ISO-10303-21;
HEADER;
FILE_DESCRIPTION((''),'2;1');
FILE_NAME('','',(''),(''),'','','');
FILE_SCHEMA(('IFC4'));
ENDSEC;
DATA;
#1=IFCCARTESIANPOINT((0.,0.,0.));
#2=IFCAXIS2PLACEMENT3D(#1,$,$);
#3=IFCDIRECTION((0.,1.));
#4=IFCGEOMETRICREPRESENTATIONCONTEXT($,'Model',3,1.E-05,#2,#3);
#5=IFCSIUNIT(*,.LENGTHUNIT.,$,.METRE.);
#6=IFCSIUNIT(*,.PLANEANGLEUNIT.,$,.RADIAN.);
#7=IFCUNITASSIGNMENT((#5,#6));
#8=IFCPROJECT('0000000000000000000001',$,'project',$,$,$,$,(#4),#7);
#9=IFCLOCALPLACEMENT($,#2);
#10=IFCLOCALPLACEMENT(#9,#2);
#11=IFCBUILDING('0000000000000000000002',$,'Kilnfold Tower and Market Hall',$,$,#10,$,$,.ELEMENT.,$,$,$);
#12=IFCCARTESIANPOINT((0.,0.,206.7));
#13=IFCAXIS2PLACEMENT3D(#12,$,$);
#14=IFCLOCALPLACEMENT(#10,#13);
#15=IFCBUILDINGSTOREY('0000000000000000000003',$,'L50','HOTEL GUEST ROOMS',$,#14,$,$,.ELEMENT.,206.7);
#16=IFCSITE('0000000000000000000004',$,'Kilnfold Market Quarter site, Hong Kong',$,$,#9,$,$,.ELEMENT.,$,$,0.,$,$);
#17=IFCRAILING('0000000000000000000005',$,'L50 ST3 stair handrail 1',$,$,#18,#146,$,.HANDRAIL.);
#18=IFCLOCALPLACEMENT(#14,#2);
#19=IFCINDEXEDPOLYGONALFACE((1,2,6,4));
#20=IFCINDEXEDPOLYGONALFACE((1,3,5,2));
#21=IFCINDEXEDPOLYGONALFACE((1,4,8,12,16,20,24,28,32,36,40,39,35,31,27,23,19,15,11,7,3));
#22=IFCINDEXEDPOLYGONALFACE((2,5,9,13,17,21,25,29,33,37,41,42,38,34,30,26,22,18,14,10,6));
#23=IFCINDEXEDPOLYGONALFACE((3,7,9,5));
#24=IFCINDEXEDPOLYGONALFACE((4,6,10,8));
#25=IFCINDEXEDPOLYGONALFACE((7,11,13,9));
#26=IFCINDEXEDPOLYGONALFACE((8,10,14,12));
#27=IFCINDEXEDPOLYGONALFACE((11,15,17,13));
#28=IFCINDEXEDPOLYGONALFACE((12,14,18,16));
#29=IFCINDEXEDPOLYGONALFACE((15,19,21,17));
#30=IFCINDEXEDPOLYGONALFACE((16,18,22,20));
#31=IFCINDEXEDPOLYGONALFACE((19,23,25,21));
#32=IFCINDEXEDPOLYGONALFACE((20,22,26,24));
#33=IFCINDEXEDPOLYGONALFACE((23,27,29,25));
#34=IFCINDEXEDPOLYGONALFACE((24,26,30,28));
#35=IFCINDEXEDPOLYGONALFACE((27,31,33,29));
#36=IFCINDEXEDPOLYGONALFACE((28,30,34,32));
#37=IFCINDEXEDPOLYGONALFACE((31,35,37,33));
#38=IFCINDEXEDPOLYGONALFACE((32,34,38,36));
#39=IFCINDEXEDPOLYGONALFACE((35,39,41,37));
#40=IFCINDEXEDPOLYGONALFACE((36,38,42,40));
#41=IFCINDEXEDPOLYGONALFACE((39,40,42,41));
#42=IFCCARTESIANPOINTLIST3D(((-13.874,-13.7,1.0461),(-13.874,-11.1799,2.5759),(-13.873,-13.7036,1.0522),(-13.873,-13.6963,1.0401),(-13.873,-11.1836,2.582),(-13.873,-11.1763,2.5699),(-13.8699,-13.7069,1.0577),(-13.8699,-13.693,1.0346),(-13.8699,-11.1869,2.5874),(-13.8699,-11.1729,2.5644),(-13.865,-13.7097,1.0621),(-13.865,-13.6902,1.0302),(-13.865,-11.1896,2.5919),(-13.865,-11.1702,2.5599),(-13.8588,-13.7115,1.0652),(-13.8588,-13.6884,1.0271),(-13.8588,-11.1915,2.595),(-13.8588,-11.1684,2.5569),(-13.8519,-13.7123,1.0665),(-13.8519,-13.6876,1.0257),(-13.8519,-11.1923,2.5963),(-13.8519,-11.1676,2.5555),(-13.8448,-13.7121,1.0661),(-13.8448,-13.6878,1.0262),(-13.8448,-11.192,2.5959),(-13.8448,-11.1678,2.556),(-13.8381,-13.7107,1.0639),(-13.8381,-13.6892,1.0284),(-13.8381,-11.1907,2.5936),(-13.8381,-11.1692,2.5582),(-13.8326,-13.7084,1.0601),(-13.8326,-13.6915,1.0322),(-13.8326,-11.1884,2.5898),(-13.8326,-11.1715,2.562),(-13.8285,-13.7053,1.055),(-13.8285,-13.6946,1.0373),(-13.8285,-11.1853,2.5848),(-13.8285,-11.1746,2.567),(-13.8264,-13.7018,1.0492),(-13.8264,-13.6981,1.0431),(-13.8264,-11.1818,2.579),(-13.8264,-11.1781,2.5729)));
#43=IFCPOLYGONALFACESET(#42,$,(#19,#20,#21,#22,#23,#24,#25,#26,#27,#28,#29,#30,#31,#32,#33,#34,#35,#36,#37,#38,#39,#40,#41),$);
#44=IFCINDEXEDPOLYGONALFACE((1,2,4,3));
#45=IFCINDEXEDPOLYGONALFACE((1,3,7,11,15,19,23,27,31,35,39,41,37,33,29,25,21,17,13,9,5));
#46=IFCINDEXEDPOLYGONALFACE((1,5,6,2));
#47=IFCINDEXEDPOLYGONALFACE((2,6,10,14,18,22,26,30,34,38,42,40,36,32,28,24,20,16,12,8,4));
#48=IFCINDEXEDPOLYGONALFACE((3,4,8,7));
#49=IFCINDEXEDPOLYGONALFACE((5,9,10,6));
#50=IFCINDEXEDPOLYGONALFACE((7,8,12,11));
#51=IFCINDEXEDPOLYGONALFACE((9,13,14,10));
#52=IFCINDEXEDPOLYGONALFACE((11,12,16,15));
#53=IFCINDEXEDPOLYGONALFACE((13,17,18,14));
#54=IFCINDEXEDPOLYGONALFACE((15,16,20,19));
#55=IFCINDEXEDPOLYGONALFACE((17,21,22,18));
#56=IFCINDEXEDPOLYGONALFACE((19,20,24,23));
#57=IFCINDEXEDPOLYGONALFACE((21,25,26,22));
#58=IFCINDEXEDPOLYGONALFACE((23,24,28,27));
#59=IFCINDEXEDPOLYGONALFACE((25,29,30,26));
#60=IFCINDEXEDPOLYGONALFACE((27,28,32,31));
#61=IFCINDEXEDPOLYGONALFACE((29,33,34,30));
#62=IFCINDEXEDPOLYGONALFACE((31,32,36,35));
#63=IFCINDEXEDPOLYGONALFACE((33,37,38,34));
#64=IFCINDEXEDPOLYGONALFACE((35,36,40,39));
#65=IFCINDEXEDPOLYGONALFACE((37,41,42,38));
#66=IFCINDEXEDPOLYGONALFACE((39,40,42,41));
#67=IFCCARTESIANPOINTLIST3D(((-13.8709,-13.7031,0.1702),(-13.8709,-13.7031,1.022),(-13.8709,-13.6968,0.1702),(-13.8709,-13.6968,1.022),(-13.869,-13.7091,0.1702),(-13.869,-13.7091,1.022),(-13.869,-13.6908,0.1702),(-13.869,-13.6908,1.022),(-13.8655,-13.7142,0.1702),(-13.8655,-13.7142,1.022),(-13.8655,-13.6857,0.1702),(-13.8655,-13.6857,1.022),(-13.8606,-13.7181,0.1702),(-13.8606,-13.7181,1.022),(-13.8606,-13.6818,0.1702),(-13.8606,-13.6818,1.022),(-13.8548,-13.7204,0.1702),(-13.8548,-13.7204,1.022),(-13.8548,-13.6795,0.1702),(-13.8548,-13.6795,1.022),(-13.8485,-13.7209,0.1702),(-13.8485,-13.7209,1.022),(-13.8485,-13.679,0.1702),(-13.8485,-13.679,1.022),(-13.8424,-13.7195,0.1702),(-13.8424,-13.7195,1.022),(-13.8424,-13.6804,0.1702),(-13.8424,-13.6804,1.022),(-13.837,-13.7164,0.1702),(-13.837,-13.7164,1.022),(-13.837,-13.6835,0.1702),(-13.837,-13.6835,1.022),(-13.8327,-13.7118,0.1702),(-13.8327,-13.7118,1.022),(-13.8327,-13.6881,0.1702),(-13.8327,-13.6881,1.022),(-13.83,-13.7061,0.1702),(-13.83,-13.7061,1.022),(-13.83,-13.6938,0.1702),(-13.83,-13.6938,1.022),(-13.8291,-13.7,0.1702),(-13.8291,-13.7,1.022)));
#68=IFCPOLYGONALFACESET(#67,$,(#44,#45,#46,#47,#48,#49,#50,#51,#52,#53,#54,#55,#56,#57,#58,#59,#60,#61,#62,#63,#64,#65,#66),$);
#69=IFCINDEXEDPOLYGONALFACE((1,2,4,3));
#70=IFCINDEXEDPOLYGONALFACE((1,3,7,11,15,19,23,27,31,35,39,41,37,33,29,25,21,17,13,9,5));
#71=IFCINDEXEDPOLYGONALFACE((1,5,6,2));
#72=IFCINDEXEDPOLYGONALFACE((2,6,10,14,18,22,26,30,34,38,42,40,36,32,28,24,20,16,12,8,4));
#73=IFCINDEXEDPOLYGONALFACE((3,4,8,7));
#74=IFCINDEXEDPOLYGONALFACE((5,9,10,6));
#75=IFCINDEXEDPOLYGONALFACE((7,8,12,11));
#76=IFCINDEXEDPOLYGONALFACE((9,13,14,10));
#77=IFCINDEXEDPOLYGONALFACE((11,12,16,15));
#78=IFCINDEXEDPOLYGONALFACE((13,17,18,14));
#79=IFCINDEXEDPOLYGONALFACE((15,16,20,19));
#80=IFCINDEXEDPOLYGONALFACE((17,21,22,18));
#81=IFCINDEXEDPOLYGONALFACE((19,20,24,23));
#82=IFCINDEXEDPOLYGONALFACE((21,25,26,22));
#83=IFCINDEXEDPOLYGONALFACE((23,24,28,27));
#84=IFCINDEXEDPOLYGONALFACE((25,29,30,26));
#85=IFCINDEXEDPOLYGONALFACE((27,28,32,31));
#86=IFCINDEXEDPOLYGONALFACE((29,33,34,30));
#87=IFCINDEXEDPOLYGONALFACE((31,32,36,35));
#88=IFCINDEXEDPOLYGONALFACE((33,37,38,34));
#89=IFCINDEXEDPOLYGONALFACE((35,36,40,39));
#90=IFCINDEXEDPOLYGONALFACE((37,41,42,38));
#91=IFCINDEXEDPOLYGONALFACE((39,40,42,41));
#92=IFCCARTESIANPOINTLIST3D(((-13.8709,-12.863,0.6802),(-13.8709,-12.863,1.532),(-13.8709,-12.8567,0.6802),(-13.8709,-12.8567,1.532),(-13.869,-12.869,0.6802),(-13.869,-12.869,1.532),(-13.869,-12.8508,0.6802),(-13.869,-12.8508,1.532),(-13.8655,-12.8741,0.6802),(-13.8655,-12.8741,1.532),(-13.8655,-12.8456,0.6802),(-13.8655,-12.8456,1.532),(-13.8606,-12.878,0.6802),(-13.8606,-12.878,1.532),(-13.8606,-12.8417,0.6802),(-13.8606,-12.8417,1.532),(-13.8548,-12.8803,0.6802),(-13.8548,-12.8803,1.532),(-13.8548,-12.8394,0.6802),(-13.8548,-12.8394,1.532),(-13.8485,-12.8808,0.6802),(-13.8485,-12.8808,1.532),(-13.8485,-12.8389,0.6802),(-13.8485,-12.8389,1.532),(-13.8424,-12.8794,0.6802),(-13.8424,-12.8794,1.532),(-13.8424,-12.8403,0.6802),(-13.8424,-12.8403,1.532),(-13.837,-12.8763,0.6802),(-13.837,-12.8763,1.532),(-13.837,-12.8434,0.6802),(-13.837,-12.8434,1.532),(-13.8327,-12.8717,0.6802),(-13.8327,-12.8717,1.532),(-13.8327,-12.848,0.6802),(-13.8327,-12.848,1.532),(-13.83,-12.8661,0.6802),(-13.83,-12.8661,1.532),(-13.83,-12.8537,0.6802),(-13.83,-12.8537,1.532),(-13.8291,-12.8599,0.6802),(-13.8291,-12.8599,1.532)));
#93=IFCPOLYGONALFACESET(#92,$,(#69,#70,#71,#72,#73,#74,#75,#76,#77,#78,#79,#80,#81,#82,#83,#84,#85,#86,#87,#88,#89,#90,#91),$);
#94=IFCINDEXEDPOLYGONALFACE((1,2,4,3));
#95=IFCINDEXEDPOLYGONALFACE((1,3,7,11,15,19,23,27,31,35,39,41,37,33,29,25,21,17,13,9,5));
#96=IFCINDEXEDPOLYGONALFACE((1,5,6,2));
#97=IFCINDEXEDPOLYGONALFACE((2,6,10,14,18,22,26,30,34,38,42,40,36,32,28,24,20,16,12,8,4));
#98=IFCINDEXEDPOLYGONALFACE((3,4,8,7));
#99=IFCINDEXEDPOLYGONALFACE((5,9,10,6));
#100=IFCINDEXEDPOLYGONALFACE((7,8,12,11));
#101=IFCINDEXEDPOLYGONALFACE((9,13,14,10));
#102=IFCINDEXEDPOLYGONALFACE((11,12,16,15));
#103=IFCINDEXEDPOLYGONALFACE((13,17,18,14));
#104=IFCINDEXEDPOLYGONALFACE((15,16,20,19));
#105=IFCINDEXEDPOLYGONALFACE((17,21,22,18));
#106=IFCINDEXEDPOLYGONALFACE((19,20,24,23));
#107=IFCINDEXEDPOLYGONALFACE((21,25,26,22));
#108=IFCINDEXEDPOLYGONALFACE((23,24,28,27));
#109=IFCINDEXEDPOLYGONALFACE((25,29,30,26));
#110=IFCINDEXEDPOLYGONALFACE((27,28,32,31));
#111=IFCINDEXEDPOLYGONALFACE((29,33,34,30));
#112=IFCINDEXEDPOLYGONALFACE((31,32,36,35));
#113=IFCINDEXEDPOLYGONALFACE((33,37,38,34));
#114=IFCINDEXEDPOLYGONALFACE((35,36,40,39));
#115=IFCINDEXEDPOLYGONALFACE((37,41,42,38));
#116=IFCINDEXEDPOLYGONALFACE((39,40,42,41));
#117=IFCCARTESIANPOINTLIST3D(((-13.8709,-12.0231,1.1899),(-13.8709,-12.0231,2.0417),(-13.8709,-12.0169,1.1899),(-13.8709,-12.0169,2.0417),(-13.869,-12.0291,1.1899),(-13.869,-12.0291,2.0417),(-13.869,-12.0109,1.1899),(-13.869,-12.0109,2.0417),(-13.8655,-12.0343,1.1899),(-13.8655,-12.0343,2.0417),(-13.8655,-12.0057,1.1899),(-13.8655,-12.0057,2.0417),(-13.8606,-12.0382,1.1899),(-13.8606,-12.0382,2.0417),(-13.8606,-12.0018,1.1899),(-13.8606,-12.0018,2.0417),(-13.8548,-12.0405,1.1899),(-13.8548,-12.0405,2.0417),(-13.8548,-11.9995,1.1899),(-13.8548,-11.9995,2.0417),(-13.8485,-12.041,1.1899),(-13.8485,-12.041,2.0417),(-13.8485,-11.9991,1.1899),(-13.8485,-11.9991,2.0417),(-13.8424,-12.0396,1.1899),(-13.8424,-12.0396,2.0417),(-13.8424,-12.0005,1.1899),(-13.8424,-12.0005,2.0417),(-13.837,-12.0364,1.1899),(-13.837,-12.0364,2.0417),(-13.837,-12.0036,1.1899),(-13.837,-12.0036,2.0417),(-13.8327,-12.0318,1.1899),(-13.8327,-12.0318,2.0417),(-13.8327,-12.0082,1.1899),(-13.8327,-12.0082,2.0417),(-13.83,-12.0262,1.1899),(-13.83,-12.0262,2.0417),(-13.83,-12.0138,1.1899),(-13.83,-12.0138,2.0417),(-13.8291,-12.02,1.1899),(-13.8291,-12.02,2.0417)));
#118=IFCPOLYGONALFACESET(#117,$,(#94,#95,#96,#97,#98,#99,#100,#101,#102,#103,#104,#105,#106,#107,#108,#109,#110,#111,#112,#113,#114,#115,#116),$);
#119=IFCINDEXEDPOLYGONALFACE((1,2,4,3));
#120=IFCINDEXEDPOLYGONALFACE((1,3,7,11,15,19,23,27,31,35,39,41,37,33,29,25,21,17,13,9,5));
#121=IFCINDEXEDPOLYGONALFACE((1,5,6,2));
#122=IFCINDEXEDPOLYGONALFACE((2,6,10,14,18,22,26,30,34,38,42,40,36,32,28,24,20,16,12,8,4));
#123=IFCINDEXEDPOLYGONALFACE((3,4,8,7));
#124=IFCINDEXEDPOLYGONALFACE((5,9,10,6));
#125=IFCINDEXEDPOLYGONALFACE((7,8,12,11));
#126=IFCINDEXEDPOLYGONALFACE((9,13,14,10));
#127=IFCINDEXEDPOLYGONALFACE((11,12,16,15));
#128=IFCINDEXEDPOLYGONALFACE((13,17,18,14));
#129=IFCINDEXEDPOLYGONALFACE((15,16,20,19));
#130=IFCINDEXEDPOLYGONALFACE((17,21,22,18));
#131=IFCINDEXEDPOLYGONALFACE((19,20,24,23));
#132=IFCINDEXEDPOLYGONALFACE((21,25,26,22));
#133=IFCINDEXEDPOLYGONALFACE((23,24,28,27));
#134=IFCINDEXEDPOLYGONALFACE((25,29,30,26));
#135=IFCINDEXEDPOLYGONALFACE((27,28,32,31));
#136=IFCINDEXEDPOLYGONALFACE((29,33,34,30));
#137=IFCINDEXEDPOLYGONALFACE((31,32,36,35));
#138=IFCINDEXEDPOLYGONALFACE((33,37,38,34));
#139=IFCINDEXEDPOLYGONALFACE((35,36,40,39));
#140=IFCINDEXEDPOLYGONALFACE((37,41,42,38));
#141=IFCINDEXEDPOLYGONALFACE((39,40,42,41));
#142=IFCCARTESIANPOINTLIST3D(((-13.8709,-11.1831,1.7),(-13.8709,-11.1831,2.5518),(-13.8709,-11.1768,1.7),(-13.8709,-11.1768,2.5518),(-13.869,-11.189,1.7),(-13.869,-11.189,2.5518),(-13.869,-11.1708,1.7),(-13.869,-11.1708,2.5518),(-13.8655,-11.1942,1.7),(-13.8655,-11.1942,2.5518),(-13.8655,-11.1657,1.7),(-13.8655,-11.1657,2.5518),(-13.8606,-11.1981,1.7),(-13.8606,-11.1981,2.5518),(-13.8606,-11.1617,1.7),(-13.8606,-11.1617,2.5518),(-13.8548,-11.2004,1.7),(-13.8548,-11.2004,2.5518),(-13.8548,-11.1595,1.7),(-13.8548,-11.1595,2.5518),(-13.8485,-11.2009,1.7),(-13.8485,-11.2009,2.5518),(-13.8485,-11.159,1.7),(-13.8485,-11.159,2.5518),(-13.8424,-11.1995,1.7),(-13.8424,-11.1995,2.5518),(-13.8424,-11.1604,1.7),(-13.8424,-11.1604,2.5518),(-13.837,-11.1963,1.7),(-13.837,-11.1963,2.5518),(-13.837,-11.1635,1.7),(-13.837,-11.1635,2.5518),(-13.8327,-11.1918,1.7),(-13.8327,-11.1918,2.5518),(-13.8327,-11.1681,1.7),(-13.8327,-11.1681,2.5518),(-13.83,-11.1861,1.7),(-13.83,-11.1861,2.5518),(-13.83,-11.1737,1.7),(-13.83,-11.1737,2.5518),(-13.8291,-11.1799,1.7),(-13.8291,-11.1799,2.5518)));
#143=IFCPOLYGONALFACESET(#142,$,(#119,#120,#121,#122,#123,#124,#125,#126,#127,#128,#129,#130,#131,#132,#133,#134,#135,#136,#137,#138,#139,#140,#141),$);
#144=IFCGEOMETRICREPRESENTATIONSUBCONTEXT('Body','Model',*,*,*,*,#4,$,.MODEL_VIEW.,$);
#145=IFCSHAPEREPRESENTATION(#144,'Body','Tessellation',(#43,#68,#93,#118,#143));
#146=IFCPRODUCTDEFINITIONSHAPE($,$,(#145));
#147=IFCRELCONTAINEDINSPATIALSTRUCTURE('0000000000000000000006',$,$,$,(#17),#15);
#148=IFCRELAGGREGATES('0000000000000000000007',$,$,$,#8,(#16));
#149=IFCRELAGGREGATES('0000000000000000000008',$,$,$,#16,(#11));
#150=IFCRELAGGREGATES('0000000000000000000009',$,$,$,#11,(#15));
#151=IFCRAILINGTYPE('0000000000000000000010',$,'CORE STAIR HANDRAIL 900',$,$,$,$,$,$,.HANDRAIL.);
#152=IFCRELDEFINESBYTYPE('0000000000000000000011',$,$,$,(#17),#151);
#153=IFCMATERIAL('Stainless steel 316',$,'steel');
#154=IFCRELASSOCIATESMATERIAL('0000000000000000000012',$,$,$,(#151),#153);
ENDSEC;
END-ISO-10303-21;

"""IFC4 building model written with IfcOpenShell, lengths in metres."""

from ifc_helpers import new_model, si_unit, direction, frame, origin, origin_2d, place, context, subcontext, project, spatial, circle, extrude, material, type_object, element, save


model = new_model("IFC4")

# Units and contexts
model_context = context("Model", 3, precision=1e-05, world=origin(), true_north=direction((0.0, 1.0)))
body_context = subcontext(model_context, "Body", "Model", "MODEL_VIEW")
ifc_project = project(units=[si_unit("LENGTHUNIT", "METRE"), si_unit("PLANEANGLEUNIT", "RADIAN")], contexts=[model_context])

# Site, building, storey
site_placement = place(None, origin())
site = spatial("IfcSite", under=ifc_project, at=site_placement, Name="Kilnfold Market Quarter site, Hong Kong", CompositionType="ELEMENT", RefElevation=0.0)
building_placement = place(site_placement, origin())
building = spatial("IfcBuilding", under=site, at=building_placement, Name="Kilnfold Tower and Market Hall", CompositionType="ELEMENT")
storey_placement = place(building_placement, frame((0.0, 0.0, 206.7)))
storey = spatial("IfcBuildingStorey", under=building, at=storey_placement, Name="L50", Description="HOTEL GUEST ROOMS", CompositionType="ELEMENT", Elevation=206.7)

# Railing
ifc_material_1 = material(Name="Stainless steel 316", Category="steel")
railing_type_1 = type_object("IfcRailingType", Name="CORE STAIR HANDRAIL 900", PredefinedType="HANDRAIL", material=ifc_material_1)
railing_1_placement = place(storey_placement, frame((-13.8501, -13.7, 0.1702)))
element("IfcRailing", 1, at=railing_1_placement, inside=storey, type_object=railing_type_1, Name="L50 ST3 stair handrail 1", PredefinedType="HANDRAIL", context=body_context, shape_type="SweptSolid", body=[
    extrude(circle(Radius=0.0239, at=origin_2d()), frame((0.0, 0.0, 0.876), z_axis=(0.0, 0.854822, 0.518922), x_axis=(-1.0, 0.0, 0.0)), (0.0, 0.0, 1.0), 2.948),
    extrude(circle(Radius=0.021, at=origin_2d()), origin(), (0.0, 0.0, 1.0), 0.8518),
    extrude(circle(Radius=0.021, at=origin_2d()), frame((0.0, 0.8401, 0.51)), (0.0, 0.0, 1.0), 0.8518),
    extrude(circle(Radius=0.021, at=origin_2d()), frame((0.0, 1.6799, 1.0198)), (0.0, 0.0, 1.0), 0.8518),
    extrude(circle(Radius=0.021, at=origin_2d()), frame((0.0, 2.52, 1.5298)), (0.0, 0.0, 1.0), 0.8518),
])

save(model, "model.ifc")
